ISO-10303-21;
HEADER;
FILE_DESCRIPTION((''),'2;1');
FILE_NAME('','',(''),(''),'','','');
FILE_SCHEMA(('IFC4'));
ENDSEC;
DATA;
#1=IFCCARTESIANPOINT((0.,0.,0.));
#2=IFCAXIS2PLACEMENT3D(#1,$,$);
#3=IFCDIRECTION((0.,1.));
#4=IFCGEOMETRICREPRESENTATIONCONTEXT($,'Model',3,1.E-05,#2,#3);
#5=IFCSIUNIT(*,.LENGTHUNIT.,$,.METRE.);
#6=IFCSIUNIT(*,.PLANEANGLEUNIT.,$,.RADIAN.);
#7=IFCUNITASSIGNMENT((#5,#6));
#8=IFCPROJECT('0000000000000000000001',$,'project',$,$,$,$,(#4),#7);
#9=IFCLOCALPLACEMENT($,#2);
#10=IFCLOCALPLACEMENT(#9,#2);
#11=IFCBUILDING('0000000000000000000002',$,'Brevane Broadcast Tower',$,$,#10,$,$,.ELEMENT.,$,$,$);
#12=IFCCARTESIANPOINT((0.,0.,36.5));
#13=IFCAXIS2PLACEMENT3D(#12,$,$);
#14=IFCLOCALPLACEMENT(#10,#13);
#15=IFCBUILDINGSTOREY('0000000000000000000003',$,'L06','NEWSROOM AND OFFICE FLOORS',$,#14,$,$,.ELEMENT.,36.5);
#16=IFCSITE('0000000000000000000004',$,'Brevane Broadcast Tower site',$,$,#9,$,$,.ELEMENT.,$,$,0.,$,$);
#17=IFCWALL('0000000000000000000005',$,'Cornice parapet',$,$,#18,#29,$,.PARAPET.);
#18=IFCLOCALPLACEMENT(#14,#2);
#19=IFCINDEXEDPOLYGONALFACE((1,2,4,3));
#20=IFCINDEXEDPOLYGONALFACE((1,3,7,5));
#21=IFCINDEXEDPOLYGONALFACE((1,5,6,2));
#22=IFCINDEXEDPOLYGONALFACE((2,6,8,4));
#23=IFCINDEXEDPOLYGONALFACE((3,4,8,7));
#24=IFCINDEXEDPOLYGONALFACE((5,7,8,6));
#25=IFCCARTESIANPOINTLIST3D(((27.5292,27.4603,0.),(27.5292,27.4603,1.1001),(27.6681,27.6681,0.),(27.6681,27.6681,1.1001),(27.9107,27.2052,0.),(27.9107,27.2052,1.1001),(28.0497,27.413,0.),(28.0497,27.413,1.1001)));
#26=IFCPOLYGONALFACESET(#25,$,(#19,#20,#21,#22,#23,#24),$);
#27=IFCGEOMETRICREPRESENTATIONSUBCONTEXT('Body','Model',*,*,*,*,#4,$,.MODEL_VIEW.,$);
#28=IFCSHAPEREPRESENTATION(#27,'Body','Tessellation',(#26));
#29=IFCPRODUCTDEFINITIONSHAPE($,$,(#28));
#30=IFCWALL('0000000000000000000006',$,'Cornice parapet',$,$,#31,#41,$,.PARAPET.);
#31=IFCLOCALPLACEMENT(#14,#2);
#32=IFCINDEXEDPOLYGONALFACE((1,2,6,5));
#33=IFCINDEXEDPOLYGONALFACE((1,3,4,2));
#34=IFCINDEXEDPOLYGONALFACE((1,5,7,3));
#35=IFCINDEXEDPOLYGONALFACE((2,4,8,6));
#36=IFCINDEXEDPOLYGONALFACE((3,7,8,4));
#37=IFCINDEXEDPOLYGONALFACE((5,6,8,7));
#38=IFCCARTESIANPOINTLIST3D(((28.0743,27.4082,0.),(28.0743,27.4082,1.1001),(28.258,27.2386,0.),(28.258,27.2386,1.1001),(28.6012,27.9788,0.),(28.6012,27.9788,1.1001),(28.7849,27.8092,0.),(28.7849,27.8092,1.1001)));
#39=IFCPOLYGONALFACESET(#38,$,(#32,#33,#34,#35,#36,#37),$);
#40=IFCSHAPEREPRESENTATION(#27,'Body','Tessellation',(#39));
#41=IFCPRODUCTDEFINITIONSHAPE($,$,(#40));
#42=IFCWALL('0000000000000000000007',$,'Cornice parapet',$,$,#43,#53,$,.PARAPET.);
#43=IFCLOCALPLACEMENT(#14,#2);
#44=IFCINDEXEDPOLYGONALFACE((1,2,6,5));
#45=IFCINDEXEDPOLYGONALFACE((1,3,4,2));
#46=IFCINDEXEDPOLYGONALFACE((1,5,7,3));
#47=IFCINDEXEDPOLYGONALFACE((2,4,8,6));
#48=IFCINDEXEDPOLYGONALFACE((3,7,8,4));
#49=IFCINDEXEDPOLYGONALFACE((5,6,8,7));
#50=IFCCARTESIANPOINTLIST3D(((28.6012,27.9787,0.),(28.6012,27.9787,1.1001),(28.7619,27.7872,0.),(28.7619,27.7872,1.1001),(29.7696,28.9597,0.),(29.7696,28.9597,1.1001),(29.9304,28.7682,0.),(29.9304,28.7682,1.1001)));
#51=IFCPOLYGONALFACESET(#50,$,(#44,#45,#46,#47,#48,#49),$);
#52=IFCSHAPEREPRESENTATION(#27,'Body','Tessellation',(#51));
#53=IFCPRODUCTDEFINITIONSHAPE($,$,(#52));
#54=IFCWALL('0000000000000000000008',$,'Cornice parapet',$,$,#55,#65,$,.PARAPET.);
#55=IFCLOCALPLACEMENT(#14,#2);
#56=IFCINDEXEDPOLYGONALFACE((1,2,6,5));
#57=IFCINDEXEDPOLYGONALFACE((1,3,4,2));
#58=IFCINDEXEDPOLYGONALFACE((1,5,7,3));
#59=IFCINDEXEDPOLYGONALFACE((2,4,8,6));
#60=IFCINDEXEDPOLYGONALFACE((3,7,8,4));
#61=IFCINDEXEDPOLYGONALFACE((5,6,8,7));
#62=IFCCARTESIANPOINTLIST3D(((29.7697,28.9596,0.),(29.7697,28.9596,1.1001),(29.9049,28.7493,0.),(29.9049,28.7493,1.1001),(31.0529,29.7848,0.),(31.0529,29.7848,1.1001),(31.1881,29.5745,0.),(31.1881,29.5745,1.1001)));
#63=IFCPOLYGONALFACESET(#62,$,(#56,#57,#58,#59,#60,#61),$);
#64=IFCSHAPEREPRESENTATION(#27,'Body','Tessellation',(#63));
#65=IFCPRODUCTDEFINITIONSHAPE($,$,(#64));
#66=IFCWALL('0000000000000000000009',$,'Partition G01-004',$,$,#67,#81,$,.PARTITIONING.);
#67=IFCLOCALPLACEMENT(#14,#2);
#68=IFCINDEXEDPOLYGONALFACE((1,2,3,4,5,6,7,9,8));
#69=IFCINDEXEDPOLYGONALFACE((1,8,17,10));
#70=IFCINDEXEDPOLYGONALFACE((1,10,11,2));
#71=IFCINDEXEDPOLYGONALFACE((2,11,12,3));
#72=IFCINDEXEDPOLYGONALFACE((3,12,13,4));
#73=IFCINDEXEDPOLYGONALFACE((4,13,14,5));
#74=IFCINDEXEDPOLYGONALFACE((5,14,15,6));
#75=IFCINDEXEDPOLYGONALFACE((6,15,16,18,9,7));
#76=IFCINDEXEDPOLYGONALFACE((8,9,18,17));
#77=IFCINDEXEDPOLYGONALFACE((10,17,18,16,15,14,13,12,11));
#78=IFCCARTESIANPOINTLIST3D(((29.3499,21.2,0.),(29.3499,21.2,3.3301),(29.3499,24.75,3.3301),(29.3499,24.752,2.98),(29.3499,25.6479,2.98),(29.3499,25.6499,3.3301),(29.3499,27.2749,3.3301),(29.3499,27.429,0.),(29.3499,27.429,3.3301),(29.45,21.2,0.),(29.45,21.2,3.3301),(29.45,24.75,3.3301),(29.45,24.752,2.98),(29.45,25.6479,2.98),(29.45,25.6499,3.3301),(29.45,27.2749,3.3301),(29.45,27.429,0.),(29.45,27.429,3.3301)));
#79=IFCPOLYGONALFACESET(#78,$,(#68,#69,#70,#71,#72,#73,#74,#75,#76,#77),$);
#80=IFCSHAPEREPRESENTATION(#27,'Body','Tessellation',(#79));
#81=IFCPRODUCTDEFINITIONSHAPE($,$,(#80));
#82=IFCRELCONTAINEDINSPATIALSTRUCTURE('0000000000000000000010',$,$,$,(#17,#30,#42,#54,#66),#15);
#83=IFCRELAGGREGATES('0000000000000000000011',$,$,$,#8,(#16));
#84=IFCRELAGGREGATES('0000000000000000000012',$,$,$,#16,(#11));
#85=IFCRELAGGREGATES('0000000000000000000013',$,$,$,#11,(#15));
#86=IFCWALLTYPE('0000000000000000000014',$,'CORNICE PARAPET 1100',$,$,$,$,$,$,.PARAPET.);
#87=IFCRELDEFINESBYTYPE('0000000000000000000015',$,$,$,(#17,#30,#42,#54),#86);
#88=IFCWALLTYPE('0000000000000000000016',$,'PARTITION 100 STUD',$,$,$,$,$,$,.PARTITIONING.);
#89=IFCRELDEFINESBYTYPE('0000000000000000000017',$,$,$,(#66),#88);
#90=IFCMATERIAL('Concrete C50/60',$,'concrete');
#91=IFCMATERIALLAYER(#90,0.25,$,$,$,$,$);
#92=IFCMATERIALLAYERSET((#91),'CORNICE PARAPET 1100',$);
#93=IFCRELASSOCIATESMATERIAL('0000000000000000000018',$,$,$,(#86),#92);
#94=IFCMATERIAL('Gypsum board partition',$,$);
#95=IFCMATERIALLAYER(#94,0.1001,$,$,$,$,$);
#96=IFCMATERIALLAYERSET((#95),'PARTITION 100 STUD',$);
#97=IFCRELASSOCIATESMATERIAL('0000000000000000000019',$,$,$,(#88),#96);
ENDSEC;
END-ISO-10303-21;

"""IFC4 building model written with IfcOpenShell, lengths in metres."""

from ifc_helpers import new_model, si_unit, direction, frame, frame_2d, origin, place, context, subcontext, project, spatial, polyline, rectangle, outline, extrude, material, layer, layer_set, type_object, element, save


model = new_model("IFC4")

# Units and contexts
model_context = context("Model", 3, precision=1e-05, world=origin(), true_north=direction((0.0, 1.0)))
body_context = subcontext(model_context, "Body", "Model", "MODEL_VIEW")
ifc_project = project(units=[si_unit("LENGTHUNIT", "METRE"), si_unit("PLANEANGLEUNIT", "RADIAN")], contexts=[model_context])

# Site, building, storey
site_placement = place(None, origin())
site = spatial("IfcSite", under=ifc_project, at=site_placement, Name="Brevane Broadcast Tower site", CompositionType="ELEMENT", RefElevation=0.0)
building_placement = place(site_placement, origin())
building = spatial("IfcBuilding", under=site, at=building_placement, Name="Brevane Broadcast Tower", CompositionType="ELEMENT")
storey_placement = place(building_placement, frame((0.0, 0.0, 36.5)))
storey = spatial("IfcBuildingStorey", under=building, at=storey_placement, Name="L06", Description="NEWSROOM AND OFFICE FLOORS", CompositionType="ELEMENT", Elevation=36.5)

# Walls
ifc_material_1 = material(Name="Concrete C50/60", Category="concrete")
ifc_layer_1 = layer(ifc_material_1, 0.25)
ifc_layer_set_1 = layer_set([ifc_layer_1], Name="CORNICE PARAPET 1100")
wall_type_1 = type_object("IfcWallType", Name="CORNICE PARAPET 1100", PredefinedType="PARAPET", material=ifc_layer_set_1)
for number, where, z_axis, x_axis, name in (
    (1, (27.5986, 27.5642, 0.0), (0.0, 0.0, 1.0), (0.831313, -0.555804, 0.0), "Cornice parapet"),
):
    element("IfcWall", number, at=place(storey_placement, frame(where, z_axis=z_axis, x_axis=x_axis)), inside=storey, type_object=wall_type_1, Name=name, PredefinedType="PARAPET", context=body_context, shape_type="SweptSolid", body=[
        extrude(rectangle(XDim=0.459, YDim=0.25, at=frame_2d((0.2295, 0.0))), origin(), (0.0, 0.0, 1.0), 1.1001),
    ])
wall_1_placement = place(storey_placement, frame((28.1663, 27.3235, 0.0), z_axis=(0.0, 0.0, 1.0), x_axis=(0.678411, 0.734683, 0.0)))
element("IfcWall", 2, at=wall_1_placement, inside=storey, type_object=wall_type_1, Name="Cornice parapet", PredefinedType="PARAPET", context=body_context, shape_type="SweptSolid", body=[
    extrude(rectangle(XDim=0.7766, YDim=0.25, at=frame_2d((0.3882, 0.0))), origin(), (0.0, 0.0, 1.0), 1.1001),
])
for number, where, z_axis, x_axis, name in (
    (3, (28.6816, 27.8831, 0.0), (0.0, 0.0, 1.0), (0.765881, 0.642982, 0.0), "Cornice parapet"),
    (4, (29.8374, 28.8545, 0.0), (0.0, 0.0, 1.0), (0.841095, 0.540887, 0.0), "Cornice parapet"),
):
    element("IfcWall", number, at=place(storey_placement, frame(where, z_axis=z_axis, x_axis=x_axis)), inside=storey, type_object=wall_type_1, Name=name, PredefinedType="PARAPET", context=body_context, shape_type="SweptSolid", body=[
        extrude(rectangle(XDim=1.5256, YDim=0.25, at=frame_2d((0.7627, 0.0))), origin(), (0.0, 0.0, 1.0), 1.1001),
    ])
ifc_material_2 = material(Name="Gypsum board partition")
ifc_layer_2 = layer(ifc_material_2, 0.1001)
ifc_layer_set_2 = layer_set([ifc_layer_2], Name="PARTITION 100 STUD")
wall_type_2 = type_object("IfcWallType", Name="PARTITION 100 STUD", PredefinedType="PARTITIONING", material=ifc_layer_set_2)
wall_2_placement = place(storey_placement, frame((29.3999, 27.429, 0.0), z_axis=(0.0, 0.0, 1.0), x_axis=(0.0, -1.0, 0.0)))
element("IfcWall", 5, at=wall_2_placement, inside=storey, type_object=wall_type_2, Name="Partition G01-004", PredefinedType="PARTITIONING", context=body_context, shape_type="SweptSolid", body=[
    extrude(outline(polyline([(0.0, 0.0), (6.229, 0.0), (6.229, 3.3301), (2.679, 3.3301), (2.677, 2.98), (1.781, 2.98), (1.7791, 3.3301), (0.1541, 3.3301), (0.0, 3.3301), (0.0, 0.0)])), frame((0.0, 0.05, 0.0), z_axis=(0.0, -1.0, 0.0), x_axis=(1.0, 0.0, 0.0)), (0.0, 0.0, 1.0), 0.1001),
])

save(model, "model.ifc")
